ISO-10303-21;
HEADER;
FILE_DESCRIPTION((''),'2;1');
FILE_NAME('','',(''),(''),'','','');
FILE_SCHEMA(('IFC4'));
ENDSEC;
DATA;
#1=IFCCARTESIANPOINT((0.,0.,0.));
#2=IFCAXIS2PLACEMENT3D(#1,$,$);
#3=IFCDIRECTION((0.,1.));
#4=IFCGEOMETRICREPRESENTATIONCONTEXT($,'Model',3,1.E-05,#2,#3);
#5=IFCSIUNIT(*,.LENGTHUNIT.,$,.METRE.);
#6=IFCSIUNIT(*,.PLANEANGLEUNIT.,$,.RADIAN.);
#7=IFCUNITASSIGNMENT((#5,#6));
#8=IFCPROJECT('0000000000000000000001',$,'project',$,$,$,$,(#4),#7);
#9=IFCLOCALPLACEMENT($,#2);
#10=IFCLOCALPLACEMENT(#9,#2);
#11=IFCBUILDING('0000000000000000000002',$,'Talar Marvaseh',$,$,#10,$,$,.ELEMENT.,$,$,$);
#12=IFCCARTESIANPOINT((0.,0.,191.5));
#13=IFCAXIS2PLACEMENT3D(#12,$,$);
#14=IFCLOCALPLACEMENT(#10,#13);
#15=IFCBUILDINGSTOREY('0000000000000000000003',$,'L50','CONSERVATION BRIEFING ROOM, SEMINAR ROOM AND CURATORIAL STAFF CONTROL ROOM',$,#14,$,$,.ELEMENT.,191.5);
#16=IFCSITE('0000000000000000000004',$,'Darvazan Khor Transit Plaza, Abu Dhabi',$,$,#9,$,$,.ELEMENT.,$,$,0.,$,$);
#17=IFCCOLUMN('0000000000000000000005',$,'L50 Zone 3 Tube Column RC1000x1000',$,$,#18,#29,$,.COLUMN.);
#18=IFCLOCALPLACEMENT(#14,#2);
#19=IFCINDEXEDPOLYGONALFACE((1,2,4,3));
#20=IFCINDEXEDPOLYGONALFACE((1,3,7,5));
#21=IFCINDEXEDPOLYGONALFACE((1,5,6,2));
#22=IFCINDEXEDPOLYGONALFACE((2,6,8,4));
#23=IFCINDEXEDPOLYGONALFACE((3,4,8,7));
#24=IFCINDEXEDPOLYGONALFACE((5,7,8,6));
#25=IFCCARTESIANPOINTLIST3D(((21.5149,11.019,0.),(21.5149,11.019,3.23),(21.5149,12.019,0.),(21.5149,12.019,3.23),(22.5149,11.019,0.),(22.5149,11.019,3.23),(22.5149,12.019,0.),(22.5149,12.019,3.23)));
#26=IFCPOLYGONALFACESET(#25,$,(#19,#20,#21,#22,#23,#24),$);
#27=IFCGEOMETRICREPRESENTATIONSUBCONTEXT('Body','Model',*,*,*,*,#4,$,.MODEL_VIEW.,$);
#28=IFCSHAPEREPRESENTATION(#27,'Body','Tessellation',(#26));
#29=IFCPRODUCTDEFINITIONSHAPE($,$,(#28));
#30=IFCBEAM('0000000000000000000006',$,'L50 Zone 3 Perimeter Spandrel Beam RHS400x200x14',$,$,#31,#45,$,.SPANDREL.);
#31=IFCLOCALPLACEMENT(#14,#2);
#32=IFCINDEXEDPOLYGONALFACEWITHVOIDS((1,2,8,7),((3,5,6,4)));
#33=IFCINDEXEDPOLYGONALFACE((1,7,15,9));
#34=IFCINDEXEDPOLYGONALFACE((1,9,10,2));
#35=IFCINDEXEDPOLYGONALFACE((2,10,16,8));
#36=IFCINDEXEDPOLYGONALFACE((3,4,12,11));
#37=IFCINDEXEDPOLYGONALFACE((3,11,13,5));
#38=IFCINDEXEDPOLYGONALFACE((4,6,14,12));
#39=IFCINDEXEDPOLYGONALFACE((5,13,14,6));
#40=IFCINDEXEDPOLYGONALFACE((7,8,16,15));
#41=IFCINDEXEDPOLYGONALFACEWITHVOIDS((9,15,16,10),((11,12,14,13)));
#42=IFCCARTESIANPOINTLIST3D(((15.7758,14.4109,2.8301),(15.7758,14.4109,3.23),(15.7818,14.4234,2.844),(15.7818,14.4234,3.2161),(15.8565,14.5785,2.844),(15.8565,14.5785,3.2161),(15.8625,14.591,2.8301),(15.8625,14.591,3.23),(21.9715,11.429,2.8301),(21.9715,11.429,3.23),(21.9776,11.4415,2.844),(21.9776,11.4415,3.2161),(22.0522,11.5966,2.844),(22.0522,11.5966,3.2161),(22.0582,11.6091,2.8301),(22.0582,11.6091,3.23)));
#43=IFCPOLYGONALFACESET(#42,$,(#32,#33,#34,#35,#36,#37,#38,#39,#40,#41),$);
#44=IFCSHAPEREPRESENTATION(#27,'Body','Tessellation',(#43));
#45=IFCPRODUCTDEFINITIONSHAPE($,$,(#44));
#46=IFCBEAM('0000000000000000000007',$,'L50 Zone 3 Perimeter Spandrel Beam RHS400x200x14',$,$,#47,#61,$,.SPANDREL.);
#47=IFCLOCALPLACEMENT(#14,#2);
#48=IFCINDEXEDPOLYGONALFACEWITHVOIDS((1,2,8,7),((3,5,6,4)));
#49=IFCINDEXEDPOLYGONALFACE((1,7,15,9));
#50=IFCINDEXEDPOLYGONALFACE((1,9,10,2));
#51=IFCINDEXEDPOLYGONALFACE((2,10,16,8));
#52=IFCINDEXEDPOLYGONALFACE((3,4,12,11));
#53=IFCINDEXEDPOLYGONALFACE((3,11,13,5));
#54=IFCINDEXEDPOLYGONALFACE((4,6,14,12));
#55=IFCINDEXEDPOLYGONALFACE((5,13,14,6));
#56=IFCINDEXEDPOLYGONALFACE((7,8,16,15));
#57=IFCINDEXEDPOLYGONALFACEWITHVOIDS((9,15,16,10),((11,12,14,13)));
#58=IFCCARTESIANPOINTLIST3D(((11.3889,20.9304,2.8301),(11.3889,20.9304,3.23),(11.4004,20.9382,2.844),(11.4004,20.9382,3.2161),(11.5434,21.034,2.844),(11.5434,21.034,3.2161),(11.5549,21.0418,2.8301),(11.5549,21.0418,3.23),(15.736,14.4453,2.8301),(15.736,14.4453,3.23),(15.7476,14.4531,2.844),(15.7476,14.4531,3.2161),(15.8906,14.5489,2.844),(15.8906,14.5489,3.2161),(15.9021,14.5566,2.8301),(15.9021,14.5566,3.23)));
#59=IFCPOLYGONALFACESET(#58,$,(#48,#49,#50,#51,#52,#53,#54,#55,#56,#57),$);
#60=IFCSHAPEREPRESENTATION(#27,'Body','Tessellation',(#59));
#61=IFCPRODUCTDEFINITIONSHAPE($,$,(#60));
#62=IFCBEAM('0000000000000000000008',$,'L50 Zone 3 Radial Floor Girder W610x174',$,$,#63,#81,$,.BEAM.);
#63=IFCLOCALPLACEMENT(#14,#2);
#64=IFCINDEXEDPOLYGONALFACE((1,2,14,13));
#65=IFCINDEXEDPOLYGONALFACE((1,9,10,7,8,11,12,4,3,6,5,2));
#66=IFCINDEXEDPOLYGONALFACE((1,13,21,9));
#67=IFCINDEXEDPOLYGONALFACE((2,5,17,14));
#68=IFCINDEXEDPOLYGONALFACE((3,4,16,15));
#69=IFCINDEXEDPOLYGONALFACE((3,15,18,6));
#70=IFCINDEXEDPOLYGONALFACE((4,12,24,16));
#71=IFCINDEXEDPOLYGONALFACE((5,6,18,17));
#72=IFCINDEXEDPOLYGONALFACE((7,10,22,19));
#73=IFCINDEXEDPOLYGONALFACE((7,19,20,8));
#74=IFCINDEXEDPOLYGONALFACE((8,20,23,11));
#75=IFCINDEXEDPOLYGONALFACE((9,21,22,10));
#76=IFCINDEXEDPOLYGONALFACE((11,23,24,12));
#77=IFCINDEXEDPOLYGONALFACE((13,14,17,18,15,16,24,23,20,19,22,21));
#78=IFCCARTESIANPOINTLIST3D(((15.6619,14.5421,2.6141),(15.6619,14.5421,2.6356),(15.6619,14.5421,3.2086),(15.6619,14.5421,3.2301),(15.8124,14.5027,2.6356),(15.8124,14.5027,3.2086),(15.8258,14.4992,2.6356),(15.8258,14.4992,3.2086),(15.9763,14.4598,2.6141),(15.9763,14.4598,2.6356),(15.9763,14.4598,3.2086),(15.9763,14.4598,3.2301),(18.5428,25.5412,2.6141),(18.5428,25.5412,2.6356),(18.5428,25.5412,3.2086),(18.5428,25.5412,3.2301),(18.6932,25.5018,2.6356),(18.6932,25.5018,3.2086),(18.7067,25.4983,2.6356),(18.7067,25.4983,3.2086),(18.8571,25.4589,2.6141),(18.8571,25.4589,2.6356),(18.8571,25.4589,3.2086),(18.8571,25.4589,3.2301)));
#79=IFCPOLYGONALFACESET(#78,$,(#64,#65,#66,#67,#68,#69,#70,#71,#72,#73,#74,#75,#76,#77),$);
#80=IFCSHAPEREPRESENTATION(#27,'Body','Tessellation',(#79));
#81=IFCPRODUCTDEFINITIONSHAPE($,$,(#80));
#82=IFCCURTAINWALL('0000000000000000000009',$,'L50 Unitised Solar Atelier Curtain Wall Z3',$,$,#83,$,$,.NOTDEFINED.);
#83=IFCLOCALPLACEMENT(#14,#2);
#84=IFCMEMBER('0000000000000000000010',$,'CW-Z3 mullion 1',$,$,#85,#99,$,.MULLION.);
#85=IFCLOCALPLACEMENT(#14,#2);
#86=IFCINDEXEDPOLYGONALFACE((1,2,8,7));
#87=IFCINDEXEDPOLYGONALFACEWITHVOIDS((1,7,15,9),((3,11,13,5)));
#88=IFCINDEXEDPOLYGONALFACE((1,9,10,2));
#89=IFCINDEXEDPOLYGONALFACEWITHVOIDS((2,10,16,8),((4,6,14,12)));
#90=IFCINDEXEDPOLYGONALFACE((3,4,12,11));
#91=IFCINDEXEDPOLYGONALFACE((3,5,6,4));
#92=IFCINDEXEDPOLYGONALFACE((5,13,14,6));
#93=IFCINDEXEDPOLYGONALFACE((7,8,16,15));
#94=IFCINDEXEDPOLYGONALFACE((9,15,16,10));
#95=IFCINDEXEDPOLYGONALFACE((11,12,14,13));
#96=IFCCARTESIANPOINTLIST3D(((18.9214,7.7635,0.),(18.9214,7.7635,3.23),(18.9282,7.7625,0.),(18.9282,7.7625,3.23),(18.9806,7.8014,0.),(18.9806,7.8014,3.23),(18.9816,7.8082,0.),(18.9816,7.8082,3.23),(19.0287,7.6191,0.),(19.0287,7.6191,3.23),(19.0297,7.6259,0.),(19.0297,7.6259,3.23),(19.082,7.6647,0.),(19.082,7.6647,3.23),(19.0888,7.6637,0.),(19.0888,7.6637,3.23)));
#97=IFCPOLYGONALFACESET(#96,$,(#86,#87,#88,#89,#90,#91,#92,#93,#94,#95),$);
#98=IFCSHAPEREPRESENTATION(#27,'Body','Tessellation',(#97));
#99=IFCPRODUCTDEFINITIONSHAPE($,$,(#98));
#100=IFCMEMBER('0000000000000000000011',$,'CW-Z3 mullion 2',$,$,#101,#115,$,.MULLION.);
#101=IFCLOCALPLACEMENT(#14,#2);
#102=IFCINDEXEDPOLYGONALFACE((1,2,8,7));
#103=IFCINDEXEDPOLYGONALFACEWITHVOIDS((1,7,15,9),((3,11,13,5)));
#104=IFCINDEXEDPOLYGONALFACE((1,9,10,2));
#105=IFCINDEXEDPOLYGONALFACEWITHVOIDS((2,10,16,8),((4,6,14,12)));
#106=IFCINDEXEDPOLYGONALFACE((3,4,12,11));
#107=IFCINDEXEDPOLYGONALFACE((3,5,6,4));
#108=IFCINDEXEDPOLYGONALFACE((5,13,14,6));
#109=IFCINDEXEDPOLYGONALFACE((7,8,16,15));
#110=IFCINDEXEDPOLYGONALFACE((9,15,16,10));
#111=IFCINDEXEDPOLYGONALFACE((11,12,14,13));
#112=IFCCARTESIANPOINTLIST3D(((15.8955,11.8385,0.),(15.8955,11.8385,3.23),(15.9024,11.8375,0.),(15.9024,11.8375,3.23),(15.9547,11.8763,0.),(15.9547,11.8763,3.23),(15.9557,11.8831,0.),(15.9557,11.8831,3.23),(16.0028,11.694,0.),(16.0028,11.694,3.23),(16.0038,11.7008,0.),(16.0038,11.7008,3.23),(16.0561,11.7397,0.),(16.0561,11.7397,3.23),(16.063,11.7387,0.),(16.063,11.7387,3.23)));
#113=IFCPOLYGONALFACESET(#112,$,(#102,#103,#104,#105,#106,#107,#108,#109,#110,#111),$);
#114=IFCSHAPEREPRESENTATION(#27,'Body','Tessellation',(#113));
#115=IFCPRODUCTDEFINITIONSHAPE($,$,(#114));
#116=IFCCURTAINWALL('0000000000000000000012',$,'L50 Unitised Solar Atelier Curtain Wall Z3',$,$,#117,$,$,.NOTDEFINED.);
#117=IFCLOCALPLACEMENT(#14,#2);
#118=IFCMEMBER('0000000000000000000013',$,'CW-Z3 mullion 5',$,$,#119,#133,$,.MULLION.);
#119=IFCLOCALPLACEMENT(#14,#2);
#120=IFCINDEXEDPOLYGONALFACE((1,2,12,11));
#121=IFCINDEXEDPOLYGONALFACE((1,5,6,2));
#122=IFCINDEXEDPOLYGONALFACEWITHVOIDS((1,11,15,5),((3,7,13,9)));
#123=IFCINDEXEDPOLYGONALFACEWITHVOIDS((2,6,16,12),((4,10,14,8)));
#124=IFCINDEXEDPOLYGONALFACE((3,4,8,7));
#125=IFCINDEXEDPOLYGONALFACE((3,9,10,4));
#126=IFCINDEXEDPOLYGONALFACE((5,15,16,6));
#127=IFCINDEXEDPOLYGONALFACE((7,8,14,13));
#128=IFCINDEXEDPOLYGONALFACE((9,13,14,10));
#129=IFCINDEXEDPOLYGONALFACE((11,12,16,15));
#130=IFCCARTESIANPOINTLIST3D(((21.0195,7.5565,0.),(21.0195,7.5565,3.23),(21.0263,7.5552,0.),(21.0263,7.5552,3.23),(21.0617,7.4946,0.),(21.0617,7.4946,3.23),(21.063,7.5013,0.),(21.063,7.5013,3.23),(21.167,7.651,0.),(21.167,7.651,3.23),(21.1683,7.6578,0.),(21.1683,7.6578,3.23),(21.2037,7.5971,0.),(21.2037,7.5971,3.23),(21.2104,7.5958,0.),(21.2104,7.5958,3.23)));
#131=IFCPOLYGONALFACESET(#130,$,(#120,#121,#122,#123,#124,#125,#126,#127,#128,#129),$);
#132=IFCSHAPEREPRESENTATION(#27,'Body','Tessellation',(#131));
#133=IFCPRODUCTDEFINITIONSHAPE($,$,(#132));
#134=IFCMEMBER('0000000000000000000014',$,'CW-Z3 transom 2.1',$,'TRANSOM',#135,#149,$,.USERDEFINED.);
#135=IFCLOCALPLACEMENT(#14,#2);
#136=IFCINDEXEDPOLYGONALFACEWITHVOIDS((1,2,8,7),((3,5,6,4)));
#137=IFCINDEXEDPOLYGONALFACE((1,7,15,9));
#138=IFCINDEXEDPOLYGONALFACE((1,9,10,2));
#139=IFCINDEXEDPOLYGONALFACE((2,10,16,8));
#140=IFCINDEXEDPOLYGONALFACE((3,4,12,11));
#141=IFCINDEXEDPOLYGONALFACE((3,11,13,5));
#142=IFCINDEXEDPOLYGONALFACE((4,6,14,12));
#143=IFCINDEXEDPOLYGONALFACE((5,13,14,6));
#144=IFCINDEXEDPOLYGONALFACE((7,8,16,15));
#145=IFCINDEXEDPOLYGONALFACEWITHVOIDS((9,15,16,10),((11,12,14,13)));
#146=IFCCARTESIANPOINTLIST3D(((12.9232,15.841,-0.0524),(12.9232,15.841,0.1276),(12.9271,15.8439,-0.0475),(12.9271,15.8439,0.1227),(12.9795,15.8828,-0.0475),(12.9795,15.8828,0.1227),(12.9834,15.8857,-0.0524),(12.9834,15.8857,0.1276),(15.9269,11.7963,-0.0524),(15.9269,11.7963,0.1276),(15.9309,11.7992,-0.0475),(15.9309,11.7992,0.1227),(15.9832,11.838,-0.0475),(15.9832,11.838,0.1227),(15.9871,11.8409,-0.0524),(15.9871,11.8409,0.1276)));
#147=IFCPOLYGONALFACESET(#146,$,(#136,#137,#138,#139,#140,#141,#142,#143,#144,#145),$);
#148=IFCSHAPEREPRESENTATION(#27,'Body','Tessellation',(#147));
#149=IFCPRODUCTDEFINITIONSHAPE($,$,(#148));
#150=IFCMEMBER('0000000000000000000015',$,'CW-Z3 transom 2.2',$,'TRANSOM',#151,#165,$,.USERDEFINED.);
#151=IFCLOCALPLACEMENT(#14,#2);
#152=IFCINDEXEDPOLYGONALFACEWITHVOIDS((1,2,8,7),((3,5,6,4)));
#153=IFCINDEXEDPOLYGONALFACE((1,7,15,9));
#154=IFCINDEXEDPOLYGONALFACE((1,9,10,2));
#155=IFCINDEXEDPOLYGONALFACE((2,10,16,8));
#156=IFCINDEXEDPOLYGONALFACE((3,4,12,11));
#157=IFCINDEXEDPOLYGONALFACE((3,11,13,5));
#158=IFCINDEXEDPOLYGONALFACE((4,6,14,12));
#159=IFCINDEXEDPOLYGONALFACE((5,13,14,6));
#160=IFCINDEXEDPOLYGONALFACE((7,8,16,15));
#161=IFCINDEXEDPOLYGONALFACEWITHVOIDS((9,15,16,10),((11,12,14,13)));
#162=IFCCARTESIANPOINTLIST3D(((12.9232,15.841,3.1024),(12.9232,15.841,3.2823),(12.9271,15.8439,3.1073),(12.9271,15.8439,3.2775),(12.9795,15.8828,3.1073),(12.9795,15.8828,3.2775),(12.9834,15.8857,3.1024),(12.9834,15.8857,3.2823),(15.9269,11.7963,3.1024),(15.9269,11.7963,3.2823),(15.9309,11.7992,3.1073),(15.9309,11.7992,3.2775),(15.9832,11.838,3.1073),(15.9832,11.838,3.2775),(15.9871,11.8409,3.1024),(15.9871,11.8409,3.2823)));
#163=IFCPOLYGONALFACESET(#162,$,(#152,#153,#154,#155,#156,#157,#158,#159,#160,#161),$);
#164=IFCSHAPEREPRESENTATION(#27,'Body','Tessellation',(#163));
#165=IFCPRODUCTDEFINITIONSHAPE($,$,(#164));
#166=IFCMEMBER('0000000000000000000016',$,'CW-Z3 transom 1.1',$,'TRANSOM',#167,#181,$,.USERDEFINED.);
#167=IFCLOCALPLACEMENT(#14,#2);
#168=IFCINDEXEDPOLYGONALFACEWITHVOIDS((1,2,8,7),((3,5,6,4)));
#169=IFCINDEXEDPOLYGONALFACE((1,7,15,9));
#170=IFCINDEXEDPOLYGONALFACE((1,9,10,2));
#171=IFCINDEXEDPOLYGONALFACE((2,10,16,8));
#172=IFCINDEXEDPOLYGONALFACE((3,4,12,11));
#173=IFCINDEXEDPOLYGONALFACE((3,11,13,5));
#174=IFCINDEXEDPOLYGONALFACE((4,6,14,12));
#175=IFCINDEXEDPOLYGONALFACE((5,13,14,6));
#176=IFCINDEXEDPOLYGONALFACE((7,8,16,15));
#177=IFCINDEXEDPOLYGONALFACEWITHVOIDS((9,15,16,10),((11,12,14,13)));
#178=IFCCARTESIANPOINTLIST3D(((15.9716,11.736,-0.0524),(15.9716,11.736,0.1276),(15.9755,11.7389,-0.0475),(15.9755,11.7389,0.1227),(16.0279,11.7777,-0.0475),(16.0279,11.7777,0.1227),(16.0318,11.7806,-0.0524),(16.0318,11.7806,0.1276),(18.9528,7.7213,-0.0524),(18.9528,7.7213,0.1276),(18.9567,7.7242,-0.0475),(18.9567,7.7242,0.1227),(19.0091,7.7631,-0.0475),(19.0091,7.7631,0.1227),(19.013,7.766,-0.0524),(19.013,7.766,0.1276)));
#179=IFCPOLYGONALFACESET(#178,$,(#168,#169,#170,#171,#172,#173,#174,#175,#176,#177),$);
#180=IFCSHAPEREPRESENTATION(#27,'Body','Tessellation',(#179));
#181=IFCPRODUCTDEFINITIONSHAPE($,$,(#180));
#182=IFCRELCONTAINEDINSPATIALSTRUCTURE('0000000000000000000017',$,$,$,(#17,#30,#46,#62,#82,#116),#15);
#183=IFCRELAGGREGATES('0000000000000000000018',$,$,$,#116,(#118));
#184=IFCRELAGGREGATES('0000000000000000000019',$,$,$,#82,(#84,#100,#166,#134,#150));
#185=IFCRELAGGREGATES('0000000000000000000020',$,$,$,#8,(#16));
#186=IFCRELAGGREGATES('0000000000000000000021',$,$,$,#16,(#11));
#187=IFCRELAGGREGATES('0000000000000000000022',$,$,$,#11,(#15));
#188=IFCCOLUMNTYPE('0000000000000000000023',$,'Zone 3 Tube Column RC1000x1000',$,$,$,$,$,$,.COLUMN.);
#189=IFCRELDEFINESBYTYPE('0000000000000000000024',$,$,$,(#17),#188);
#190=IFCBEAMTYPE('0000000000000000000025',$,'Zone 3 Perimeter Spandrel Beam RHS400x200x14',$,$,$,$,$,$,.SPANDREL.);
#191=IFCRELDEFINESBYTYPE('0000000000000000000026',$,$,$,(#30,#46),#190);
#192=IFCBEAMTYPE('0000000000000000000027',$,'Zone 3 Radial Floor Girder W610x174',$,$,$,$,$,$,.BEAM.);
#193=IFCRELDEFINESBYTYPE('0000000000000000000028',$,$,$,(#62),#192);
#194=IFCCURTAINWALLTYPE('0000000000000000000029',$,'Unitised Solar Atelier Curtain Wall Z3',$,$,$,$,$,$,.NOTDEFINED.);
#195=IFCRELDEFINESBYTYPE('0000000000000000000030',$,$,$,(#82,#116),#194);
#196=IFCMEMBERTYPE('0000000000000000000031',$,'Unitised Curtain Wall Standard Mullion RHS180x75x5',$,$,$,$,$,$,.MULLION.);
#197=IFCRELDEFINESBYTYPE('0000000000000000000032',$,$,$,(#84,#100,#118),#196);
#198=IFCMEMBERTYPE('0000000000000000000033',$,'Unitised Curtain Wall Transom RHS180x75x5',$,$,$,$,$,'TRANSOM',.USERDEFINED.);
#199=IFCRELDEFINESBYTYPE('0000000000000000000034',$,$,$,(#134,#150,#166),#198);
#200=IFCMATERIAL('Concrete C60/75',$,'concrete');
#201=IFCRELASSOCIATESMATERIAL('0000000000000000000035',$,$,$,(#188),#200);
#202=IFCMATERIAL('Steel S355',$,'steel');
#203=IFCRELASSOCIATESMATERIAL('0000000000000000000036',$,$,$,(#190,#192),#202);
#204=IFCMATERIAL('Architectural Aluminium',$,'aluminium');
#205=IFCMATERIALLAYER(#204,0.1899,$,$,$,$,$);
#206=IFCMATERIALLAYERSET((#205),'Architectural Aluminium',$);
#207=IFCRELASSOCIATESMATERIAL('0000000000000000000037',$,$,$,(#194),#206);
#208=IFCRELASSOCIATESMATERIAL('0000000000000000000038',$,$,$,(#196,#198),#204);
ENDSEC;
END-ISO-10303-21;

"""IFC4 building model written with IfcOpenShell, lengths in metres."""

from ifc_helpers import new_model, si_unit, direction, frame, origin, origin_2d, place, context, subcontext, project, spatial, rectangle, hollow_rectangle, i_section, extrude, source, transform, mapped, material, layer, layer_set, material_profile, profile_set, type_object, type_shapes, element, aggregate, save


model = new_model("IFC4")

# Units and contexts
model_context = context("Model", 3, precision=1e-05, world=origin(), true_north=direction((0.0, 1.0)))
body_context = subcontext(model_context, "Body", "Model", "MODEL_VIEW")
ifc_project = project(units=[si_unit("LENGTHUNIT", "METRE"), si_unit("PLANEANGLEUNIT", "RADIAN")], contexts=[model_context])

# Site, building, storey
site_placement = place(None, origin())
site = spatial("IfcSite", under=ifc_project, at=site_placement, Name="Darvazan Khor Transit Plaza, Abu Dhabi", CompositionType="ELEMENT", RefElevation=0.0)
building_placement = place(site_placement, origin())
building = spatial("IfcBuilding", under=site, at=building_placement, Name="Talar Marvaseh", CompositionType="ELEMENT")
storey_placement = place(building_placement, frame((0.0, 0.0, 191.5)))
storey = spatial("IfcBuildingStorey", under=building, at=storey_placement, Name="L50", Description="CONSERVATION BRIEFING ROOM, SEMINAR ROOM AND CURATORIAL STAFF CONTROL ROOM", CompositionType="ELEMENT", Elevation=191.5)

# Column
ifc_material_1 = material(Name="Concrete C60/75", Category="concrete")
ifc_material_profile_1 = material_profile(ifc_material_1, rectangle(XDim=1.0, YDim=1.0, at=origin_2d()), Name="RC1000x1000")
ifc_profile_set_1 = profile_set([ifc_material_profile_1], Name="Concrete C60/75")
column_type = type_object("IfcColumnType", Name="Zone 3 Tube Column RC1000x1000", PredefinedType="COLUMN", material=ifc_profile_set_1)
column_placement = place(storey_placement, frame((22.0149, 11.519, 0.0), z_axis=(0.0, 0.0, 1.0), x_axis=(1.0, 0.0, 0.0)))
element("IfcColumn", 1, at=column_placement, inside=storey, type_object=column_type, Name="L50 Zone 3 Tube Column RC1000x1000", PredefinedType="COLUMN", context=body_context, shape_type="SweptSolid", body=[
    extrude(rectangle(XDim=1.0, YDim=1.0, at=origin_2d()), origin(), (0.0, 0.0, 1.0), 3.23),
])

# Beams
ifc_material_2 = material(Name="Steel S355", Category="steel")
ifc_material_profile_2 = material_profile(ifc_material_2, hollow_rectangle(XDim=0.2, YDim=0.3999, WallThickness=0.0139, at=origin_2d()), Name="RHS400x200x14")
ifc_profile_set_2 = profile_set([ifc_material_profile_2], Name="Steel S355")
beam_type_1 = type_object("IfcBeamType", Name="Zone 3 Perimeter Spandrel Beam RHS400x200x14", PredefinedType="SPANDREL", material=ifc_profile_set_2)
beam_1_placement = place(storey_placement, frame((22.0149, 11.519, 3.03), z_axis=(-0.901072, 0.43367, 0.0), x_axis=(-0.43367, -0.901072, 0.0)))
element("IfcBeam", 2, at=beam_1_placement, inside=storey, type_object=beam_type_1, Name="L50 Zone 3 Perimeter Spandrel Beam RHS400x200x14", PredefinedType="SPANDREL", context=body_context, shape_type="SweptSolid", body=[
    extrude(hollow_rectangle(XDim=0.2, YDim=0.3999, WallThickness=0.0139, at=origin_2d()), origin(), (0.0, 0.0, 1.0), 6.876),
])
beam_2_placement = place(storey_placement, frame((15.8191, 14.501, 3.03), z_axis=(-0.556806, 0.830643, 0.0), x_axis=(-0.830643, -0.556806, 0.0)))
element("IfcBeam", 3, at=beam_2_placement, inside=storey, type_object=beam_type_1, Name="L50 Zone 3 Perimeter Spandrel Beam RHS400x200x14", PredefinedType="SPANDREL", context=body_context, shape_type="SweptSolid", body=[
    extrude(hollow_rectangle(XDim=0.2, YDim=0.3999, WallThickness=0.0139, at=origin_2d()), origin(), (0.0, 0.0, 1.0), 7.8074),
])
ifc_material_profile_3 = material_profile(ifc_material_2, i_section(OverallWidth=0.325, OverallDepth=0.616, WebThickness=0.0139, FlangeThickness=0.0215, at=origin_2d()), Name="W610x174")
ifc_profile_set_3 = profile_set([ifc_material_profile_3], Name="Steel S355")
beam_type_2 = type_object("IfcBeamType", Name="Zone 3 Radial Floor Girder W610x174", PredefinedType="BEAM", material=ifc_profile_set_3)
beam_3_placement = place(storey_placement, frame((15.8191, 14.501, 2.9221), z_axis=(0.253373, 0.967369, 0.0), x_axis=(-0.967369, 0.253373, 0.0)))
element("IfcBeam", 4, at=beam_3_placement, inside=storey, type_object=beam_type_2, Name="L50 Zone 3 Radial Floor Girder W610x174", PredefinedType="BEAM", context=body_context, shape_type="SweptSolid", body=[
    extrude(i_section(OverallWidth=0.325, OverallDepth=0.616, WebThickness=0.0139, FlangeThickness=0.0215, at=origin_2d()), origin(), (0.0, 0.0, 1.0), 11.3701),
])

# Curtain wall, members
ifc_material_3 = material(Name="Architectural Aluminium", Category="aluminium")
ifc_layer_1 = layer(ifc_material_3, 0.1899)
ifc_layer_set_1 = layer_set([ifc_layer_1], Name="Architectural Aluminium")
curtain_wall_type = type_object("IfcCurtainWallType", Name="Unitised Solar Atelier Curtain Wall Z3", PredefinedType="NOTDEFINED", material=ifc_layer_set_1)
curtain_wall_1_placement = place(storey_placement, origin())
curtain_wall_1 = element("IfcCurtainWall", 5, at=curtain_wall_1_placement, inside=storey, type_object=curtain_wall_type, Name="L50 Unitised Solar Atelier Curtain Wall Z3", PredefinedType="NOTDEFINED")
ifc_material_profile_4 = material_profile(ifc_material_3, hollow_rectangle(XDim=0.075, YDim=0.1799, WallThickness=0.0049, at=origin_2d()), Name="RHS180x75x5")
ifc_profile_set_4 = profile_set([ifc_material_profile_4], Name="Architectural Aluminium")
member_type_1 = type_object("IfcMemberType", Name="Unitised Curtain Wall Standard Mullion RHS180x75x5", PredefinedType="MULLION", material=ifc_profile_set_4)
shared_shape_1 = source(origin(), body_context, "Body", "SweptSolid", [
    extrude(hollow_rectangle(XDim=0.075, YDim=0.1799, WallThickness=0.0049, at=origin_2d()), origin(), (0.0, 0.0, 1.0), 3.23),
])
type_shapes(member_type_1, [shared_shape_1])
member_1_placement = place(storey_placement, frame((19.0051, 7.7136, 0.0), z_axis=(0.0, 0.0, 1.0), x_axis=(-0.802856, -0.596173, 0.0)))
member_1 = element("IfcMember", 6, at=member_1_placement, type_object=member_type_1, Name="CW-Z3 mullion 1", PredefinedType="MULLION", context=body_context, shape_type="MappedRepresentation", body=[
    mapped(shared_shape_1, transform((0.0, 0.0, 0.0), x_axis=(1.0, 0.0, 0.0), y_axis=(0.0, 1.0, 0.0), z_axis=(0.0, 0.0, 1.0), scale=1.0)),
])
member_2_placement = place(storey_placement, frame((15.9792, 11.7886, 0.0), z_axis=(0.0, 0.0, 1.0), x_axis=(-0.802856, -0.596173, 0.0)))
member_2 = element("IfcMember", 7, at=member_2_placement, type_object=member_type_1, Name="CW-Z3 mullion 2", PredefinedType="MULLION", context=body_context, shape_type="MappedRepresentation", body=[
    mapped(shared_shape_1, transform((0.0, 0.0, 0.0), x_axis=(1.0, 0.0, 0.0), y_axis=(0.0, 1.0, 0.0), z_axis=(0.0, 0.0, 1.0), scale=1.0)),
])

# Curtain wall, member
curtain_wall_2_placement = place(storey_placement, origin())
curtain_wall_2 = element("IfcCurtainWall", 8, at=curtain_wall_2_placement, inside=storey, type_object=curtain_wall_type, Name="L50 Unitised Solar Atelier Curtain Wall Z3", PredefinedType="NOTDEFINED")
member_3_placement = place(storey_placement, frame((21.115, 7.5762, 0.0), z_axis=(0.0, 0.0, 1.0), x_axis=(0.562932, -0.826503, 0.0)))
member_3 = element("IfcMember", 9, at=member_3_placement, type_object=member_type_1, Name="CW-Z3 mullion 5", PredefinedType="MULLION", context=body_context, shape_type="MappedRepresentation", body=[
    mapped(shared_shape_1, transform((0.0, 0.0, 0.0), x_axis=(1.0, 0.0, 0.0), y_axis=(0.0, 1.0, 0.0), z_axis=(0.0, 0.0, 1.0), scale=1.0)),
])
aggregate(curtain_wall_2, [member_3])

# Members
ifc_material_profile_5 = material_profile(ifc_material_3, hollow_rectangle(XDim=0.075, YDim=0.1799, WallThickness=0.0049, at=origin_2d()), Name="RHS180x75x5")
ifc_profile_set_5 = profile_set([ifc_material_profile_5], Name="Architectural Aluminium")
member_type_2 = type_object("IfcMemberType", Name="Unitised Curtain Wall Transom RHS180x75x5", ElementType="TRANSOM", PredefinedType="USERDEFINED", material=ifc_profile_set_5)
shared_shape_2 = source(origin(), body_context, "Body", "SweptSolid", [
    extrude(hollow_rectangle(XDim=0.075, YDim=0.1799, WallThickness=0.0049, at=origin_2d()), origin(), (0.0, 0.0, 1.0), 5.0381),
])
member_4_placement = place(storey_placement, frame((15.957, 11.8186, 0.0376), z_axis=(-0.596202, 0.802835, 0.0), x_axis=(-0.802835, -0.596202, 0.0)))
member_4 = element("IfcMember", 10, at=member_4_placement, type_object=member_type_2, Name="CW-Z3 transom 2.1", ObjectType="TRANSOM", PredefinedType="USERDEFINED", context=body_context, shape_type="MappedRepresentation", body=[
    mapped(shared_shape_2, transform((0.0, 0.0, 0.0), x_axis=(1.0, 0.0, 0.0), y_axis=(0.0, 1.0, 0.0), z_axis=(0.0, 0.0, 1.0), scale=1.0)),
])
member_5_placement = place(storey_placement, frame((15.957, 11.8186, 3.1924), z_axis=(-0.596202, 0.802835, 0.0), x_axis=(-0.802835, -0.596202, 0.0)))
member_5 = element("IfcMember", 11, at=member_5_placement, type_object=member_type_2, Name="CW-Z3 transom 2.2", ObjectType="TRANSOM", PredefinedType="USERDEFINED", context=body_context, shape_type="MappedRepresentation", body=[
    mapped(shared_shape_2, transform((0.0, 0.0, 0.0), x_axis=(1.0, 0.0, 0.0), y_axis=(0.0, 1.0, 0.0), z_axis=(0.0, 0.0, 1.0), scale=1.0)),
])
shared_shape_3 = source(origin(), body_context, "Body", "SweptSolid", [
    extrude(hollow_rectangle(XDim=0.075, YDim=0.1799, WallThickness=0.0049, at=origin_2d()), origin(), (0.0, 0.0, 1.0), 5.0005),
])
type_shapes(member_type_2, [shared_shape_2, shared_shape_3])
member_6_placement = place(storey_placement, frame((18.9829, 7.7437, 0.0376), z_axis=(-0.596181, 0.80285, 0.0), x_axis=(-0.80285, -0.596181, 0.0)))
member_6 = element("IfcMember", 12, at=member_6_placement, type_object=member_type_2, Name="CW-Z3 transom 1.1", ObjectType="TRANSOM", PredefinedType="USERDEFINED", context=body_context, shape_type="MappedRepresentation", body=[
    mapped(shared_shape_3, transform((0.0, 0.0, 0.0), x_axis=(1.0, 0.0, 0.0), y_axis=(0.0, 1.0, 0.0), z_axis=(0.0, 0.0, 1.0), scale=1.0)),
])

aggregate(curtain_wall_1, [member_1, member_2, member_6, member_4, member_5])

save(model, "model.ifc")
